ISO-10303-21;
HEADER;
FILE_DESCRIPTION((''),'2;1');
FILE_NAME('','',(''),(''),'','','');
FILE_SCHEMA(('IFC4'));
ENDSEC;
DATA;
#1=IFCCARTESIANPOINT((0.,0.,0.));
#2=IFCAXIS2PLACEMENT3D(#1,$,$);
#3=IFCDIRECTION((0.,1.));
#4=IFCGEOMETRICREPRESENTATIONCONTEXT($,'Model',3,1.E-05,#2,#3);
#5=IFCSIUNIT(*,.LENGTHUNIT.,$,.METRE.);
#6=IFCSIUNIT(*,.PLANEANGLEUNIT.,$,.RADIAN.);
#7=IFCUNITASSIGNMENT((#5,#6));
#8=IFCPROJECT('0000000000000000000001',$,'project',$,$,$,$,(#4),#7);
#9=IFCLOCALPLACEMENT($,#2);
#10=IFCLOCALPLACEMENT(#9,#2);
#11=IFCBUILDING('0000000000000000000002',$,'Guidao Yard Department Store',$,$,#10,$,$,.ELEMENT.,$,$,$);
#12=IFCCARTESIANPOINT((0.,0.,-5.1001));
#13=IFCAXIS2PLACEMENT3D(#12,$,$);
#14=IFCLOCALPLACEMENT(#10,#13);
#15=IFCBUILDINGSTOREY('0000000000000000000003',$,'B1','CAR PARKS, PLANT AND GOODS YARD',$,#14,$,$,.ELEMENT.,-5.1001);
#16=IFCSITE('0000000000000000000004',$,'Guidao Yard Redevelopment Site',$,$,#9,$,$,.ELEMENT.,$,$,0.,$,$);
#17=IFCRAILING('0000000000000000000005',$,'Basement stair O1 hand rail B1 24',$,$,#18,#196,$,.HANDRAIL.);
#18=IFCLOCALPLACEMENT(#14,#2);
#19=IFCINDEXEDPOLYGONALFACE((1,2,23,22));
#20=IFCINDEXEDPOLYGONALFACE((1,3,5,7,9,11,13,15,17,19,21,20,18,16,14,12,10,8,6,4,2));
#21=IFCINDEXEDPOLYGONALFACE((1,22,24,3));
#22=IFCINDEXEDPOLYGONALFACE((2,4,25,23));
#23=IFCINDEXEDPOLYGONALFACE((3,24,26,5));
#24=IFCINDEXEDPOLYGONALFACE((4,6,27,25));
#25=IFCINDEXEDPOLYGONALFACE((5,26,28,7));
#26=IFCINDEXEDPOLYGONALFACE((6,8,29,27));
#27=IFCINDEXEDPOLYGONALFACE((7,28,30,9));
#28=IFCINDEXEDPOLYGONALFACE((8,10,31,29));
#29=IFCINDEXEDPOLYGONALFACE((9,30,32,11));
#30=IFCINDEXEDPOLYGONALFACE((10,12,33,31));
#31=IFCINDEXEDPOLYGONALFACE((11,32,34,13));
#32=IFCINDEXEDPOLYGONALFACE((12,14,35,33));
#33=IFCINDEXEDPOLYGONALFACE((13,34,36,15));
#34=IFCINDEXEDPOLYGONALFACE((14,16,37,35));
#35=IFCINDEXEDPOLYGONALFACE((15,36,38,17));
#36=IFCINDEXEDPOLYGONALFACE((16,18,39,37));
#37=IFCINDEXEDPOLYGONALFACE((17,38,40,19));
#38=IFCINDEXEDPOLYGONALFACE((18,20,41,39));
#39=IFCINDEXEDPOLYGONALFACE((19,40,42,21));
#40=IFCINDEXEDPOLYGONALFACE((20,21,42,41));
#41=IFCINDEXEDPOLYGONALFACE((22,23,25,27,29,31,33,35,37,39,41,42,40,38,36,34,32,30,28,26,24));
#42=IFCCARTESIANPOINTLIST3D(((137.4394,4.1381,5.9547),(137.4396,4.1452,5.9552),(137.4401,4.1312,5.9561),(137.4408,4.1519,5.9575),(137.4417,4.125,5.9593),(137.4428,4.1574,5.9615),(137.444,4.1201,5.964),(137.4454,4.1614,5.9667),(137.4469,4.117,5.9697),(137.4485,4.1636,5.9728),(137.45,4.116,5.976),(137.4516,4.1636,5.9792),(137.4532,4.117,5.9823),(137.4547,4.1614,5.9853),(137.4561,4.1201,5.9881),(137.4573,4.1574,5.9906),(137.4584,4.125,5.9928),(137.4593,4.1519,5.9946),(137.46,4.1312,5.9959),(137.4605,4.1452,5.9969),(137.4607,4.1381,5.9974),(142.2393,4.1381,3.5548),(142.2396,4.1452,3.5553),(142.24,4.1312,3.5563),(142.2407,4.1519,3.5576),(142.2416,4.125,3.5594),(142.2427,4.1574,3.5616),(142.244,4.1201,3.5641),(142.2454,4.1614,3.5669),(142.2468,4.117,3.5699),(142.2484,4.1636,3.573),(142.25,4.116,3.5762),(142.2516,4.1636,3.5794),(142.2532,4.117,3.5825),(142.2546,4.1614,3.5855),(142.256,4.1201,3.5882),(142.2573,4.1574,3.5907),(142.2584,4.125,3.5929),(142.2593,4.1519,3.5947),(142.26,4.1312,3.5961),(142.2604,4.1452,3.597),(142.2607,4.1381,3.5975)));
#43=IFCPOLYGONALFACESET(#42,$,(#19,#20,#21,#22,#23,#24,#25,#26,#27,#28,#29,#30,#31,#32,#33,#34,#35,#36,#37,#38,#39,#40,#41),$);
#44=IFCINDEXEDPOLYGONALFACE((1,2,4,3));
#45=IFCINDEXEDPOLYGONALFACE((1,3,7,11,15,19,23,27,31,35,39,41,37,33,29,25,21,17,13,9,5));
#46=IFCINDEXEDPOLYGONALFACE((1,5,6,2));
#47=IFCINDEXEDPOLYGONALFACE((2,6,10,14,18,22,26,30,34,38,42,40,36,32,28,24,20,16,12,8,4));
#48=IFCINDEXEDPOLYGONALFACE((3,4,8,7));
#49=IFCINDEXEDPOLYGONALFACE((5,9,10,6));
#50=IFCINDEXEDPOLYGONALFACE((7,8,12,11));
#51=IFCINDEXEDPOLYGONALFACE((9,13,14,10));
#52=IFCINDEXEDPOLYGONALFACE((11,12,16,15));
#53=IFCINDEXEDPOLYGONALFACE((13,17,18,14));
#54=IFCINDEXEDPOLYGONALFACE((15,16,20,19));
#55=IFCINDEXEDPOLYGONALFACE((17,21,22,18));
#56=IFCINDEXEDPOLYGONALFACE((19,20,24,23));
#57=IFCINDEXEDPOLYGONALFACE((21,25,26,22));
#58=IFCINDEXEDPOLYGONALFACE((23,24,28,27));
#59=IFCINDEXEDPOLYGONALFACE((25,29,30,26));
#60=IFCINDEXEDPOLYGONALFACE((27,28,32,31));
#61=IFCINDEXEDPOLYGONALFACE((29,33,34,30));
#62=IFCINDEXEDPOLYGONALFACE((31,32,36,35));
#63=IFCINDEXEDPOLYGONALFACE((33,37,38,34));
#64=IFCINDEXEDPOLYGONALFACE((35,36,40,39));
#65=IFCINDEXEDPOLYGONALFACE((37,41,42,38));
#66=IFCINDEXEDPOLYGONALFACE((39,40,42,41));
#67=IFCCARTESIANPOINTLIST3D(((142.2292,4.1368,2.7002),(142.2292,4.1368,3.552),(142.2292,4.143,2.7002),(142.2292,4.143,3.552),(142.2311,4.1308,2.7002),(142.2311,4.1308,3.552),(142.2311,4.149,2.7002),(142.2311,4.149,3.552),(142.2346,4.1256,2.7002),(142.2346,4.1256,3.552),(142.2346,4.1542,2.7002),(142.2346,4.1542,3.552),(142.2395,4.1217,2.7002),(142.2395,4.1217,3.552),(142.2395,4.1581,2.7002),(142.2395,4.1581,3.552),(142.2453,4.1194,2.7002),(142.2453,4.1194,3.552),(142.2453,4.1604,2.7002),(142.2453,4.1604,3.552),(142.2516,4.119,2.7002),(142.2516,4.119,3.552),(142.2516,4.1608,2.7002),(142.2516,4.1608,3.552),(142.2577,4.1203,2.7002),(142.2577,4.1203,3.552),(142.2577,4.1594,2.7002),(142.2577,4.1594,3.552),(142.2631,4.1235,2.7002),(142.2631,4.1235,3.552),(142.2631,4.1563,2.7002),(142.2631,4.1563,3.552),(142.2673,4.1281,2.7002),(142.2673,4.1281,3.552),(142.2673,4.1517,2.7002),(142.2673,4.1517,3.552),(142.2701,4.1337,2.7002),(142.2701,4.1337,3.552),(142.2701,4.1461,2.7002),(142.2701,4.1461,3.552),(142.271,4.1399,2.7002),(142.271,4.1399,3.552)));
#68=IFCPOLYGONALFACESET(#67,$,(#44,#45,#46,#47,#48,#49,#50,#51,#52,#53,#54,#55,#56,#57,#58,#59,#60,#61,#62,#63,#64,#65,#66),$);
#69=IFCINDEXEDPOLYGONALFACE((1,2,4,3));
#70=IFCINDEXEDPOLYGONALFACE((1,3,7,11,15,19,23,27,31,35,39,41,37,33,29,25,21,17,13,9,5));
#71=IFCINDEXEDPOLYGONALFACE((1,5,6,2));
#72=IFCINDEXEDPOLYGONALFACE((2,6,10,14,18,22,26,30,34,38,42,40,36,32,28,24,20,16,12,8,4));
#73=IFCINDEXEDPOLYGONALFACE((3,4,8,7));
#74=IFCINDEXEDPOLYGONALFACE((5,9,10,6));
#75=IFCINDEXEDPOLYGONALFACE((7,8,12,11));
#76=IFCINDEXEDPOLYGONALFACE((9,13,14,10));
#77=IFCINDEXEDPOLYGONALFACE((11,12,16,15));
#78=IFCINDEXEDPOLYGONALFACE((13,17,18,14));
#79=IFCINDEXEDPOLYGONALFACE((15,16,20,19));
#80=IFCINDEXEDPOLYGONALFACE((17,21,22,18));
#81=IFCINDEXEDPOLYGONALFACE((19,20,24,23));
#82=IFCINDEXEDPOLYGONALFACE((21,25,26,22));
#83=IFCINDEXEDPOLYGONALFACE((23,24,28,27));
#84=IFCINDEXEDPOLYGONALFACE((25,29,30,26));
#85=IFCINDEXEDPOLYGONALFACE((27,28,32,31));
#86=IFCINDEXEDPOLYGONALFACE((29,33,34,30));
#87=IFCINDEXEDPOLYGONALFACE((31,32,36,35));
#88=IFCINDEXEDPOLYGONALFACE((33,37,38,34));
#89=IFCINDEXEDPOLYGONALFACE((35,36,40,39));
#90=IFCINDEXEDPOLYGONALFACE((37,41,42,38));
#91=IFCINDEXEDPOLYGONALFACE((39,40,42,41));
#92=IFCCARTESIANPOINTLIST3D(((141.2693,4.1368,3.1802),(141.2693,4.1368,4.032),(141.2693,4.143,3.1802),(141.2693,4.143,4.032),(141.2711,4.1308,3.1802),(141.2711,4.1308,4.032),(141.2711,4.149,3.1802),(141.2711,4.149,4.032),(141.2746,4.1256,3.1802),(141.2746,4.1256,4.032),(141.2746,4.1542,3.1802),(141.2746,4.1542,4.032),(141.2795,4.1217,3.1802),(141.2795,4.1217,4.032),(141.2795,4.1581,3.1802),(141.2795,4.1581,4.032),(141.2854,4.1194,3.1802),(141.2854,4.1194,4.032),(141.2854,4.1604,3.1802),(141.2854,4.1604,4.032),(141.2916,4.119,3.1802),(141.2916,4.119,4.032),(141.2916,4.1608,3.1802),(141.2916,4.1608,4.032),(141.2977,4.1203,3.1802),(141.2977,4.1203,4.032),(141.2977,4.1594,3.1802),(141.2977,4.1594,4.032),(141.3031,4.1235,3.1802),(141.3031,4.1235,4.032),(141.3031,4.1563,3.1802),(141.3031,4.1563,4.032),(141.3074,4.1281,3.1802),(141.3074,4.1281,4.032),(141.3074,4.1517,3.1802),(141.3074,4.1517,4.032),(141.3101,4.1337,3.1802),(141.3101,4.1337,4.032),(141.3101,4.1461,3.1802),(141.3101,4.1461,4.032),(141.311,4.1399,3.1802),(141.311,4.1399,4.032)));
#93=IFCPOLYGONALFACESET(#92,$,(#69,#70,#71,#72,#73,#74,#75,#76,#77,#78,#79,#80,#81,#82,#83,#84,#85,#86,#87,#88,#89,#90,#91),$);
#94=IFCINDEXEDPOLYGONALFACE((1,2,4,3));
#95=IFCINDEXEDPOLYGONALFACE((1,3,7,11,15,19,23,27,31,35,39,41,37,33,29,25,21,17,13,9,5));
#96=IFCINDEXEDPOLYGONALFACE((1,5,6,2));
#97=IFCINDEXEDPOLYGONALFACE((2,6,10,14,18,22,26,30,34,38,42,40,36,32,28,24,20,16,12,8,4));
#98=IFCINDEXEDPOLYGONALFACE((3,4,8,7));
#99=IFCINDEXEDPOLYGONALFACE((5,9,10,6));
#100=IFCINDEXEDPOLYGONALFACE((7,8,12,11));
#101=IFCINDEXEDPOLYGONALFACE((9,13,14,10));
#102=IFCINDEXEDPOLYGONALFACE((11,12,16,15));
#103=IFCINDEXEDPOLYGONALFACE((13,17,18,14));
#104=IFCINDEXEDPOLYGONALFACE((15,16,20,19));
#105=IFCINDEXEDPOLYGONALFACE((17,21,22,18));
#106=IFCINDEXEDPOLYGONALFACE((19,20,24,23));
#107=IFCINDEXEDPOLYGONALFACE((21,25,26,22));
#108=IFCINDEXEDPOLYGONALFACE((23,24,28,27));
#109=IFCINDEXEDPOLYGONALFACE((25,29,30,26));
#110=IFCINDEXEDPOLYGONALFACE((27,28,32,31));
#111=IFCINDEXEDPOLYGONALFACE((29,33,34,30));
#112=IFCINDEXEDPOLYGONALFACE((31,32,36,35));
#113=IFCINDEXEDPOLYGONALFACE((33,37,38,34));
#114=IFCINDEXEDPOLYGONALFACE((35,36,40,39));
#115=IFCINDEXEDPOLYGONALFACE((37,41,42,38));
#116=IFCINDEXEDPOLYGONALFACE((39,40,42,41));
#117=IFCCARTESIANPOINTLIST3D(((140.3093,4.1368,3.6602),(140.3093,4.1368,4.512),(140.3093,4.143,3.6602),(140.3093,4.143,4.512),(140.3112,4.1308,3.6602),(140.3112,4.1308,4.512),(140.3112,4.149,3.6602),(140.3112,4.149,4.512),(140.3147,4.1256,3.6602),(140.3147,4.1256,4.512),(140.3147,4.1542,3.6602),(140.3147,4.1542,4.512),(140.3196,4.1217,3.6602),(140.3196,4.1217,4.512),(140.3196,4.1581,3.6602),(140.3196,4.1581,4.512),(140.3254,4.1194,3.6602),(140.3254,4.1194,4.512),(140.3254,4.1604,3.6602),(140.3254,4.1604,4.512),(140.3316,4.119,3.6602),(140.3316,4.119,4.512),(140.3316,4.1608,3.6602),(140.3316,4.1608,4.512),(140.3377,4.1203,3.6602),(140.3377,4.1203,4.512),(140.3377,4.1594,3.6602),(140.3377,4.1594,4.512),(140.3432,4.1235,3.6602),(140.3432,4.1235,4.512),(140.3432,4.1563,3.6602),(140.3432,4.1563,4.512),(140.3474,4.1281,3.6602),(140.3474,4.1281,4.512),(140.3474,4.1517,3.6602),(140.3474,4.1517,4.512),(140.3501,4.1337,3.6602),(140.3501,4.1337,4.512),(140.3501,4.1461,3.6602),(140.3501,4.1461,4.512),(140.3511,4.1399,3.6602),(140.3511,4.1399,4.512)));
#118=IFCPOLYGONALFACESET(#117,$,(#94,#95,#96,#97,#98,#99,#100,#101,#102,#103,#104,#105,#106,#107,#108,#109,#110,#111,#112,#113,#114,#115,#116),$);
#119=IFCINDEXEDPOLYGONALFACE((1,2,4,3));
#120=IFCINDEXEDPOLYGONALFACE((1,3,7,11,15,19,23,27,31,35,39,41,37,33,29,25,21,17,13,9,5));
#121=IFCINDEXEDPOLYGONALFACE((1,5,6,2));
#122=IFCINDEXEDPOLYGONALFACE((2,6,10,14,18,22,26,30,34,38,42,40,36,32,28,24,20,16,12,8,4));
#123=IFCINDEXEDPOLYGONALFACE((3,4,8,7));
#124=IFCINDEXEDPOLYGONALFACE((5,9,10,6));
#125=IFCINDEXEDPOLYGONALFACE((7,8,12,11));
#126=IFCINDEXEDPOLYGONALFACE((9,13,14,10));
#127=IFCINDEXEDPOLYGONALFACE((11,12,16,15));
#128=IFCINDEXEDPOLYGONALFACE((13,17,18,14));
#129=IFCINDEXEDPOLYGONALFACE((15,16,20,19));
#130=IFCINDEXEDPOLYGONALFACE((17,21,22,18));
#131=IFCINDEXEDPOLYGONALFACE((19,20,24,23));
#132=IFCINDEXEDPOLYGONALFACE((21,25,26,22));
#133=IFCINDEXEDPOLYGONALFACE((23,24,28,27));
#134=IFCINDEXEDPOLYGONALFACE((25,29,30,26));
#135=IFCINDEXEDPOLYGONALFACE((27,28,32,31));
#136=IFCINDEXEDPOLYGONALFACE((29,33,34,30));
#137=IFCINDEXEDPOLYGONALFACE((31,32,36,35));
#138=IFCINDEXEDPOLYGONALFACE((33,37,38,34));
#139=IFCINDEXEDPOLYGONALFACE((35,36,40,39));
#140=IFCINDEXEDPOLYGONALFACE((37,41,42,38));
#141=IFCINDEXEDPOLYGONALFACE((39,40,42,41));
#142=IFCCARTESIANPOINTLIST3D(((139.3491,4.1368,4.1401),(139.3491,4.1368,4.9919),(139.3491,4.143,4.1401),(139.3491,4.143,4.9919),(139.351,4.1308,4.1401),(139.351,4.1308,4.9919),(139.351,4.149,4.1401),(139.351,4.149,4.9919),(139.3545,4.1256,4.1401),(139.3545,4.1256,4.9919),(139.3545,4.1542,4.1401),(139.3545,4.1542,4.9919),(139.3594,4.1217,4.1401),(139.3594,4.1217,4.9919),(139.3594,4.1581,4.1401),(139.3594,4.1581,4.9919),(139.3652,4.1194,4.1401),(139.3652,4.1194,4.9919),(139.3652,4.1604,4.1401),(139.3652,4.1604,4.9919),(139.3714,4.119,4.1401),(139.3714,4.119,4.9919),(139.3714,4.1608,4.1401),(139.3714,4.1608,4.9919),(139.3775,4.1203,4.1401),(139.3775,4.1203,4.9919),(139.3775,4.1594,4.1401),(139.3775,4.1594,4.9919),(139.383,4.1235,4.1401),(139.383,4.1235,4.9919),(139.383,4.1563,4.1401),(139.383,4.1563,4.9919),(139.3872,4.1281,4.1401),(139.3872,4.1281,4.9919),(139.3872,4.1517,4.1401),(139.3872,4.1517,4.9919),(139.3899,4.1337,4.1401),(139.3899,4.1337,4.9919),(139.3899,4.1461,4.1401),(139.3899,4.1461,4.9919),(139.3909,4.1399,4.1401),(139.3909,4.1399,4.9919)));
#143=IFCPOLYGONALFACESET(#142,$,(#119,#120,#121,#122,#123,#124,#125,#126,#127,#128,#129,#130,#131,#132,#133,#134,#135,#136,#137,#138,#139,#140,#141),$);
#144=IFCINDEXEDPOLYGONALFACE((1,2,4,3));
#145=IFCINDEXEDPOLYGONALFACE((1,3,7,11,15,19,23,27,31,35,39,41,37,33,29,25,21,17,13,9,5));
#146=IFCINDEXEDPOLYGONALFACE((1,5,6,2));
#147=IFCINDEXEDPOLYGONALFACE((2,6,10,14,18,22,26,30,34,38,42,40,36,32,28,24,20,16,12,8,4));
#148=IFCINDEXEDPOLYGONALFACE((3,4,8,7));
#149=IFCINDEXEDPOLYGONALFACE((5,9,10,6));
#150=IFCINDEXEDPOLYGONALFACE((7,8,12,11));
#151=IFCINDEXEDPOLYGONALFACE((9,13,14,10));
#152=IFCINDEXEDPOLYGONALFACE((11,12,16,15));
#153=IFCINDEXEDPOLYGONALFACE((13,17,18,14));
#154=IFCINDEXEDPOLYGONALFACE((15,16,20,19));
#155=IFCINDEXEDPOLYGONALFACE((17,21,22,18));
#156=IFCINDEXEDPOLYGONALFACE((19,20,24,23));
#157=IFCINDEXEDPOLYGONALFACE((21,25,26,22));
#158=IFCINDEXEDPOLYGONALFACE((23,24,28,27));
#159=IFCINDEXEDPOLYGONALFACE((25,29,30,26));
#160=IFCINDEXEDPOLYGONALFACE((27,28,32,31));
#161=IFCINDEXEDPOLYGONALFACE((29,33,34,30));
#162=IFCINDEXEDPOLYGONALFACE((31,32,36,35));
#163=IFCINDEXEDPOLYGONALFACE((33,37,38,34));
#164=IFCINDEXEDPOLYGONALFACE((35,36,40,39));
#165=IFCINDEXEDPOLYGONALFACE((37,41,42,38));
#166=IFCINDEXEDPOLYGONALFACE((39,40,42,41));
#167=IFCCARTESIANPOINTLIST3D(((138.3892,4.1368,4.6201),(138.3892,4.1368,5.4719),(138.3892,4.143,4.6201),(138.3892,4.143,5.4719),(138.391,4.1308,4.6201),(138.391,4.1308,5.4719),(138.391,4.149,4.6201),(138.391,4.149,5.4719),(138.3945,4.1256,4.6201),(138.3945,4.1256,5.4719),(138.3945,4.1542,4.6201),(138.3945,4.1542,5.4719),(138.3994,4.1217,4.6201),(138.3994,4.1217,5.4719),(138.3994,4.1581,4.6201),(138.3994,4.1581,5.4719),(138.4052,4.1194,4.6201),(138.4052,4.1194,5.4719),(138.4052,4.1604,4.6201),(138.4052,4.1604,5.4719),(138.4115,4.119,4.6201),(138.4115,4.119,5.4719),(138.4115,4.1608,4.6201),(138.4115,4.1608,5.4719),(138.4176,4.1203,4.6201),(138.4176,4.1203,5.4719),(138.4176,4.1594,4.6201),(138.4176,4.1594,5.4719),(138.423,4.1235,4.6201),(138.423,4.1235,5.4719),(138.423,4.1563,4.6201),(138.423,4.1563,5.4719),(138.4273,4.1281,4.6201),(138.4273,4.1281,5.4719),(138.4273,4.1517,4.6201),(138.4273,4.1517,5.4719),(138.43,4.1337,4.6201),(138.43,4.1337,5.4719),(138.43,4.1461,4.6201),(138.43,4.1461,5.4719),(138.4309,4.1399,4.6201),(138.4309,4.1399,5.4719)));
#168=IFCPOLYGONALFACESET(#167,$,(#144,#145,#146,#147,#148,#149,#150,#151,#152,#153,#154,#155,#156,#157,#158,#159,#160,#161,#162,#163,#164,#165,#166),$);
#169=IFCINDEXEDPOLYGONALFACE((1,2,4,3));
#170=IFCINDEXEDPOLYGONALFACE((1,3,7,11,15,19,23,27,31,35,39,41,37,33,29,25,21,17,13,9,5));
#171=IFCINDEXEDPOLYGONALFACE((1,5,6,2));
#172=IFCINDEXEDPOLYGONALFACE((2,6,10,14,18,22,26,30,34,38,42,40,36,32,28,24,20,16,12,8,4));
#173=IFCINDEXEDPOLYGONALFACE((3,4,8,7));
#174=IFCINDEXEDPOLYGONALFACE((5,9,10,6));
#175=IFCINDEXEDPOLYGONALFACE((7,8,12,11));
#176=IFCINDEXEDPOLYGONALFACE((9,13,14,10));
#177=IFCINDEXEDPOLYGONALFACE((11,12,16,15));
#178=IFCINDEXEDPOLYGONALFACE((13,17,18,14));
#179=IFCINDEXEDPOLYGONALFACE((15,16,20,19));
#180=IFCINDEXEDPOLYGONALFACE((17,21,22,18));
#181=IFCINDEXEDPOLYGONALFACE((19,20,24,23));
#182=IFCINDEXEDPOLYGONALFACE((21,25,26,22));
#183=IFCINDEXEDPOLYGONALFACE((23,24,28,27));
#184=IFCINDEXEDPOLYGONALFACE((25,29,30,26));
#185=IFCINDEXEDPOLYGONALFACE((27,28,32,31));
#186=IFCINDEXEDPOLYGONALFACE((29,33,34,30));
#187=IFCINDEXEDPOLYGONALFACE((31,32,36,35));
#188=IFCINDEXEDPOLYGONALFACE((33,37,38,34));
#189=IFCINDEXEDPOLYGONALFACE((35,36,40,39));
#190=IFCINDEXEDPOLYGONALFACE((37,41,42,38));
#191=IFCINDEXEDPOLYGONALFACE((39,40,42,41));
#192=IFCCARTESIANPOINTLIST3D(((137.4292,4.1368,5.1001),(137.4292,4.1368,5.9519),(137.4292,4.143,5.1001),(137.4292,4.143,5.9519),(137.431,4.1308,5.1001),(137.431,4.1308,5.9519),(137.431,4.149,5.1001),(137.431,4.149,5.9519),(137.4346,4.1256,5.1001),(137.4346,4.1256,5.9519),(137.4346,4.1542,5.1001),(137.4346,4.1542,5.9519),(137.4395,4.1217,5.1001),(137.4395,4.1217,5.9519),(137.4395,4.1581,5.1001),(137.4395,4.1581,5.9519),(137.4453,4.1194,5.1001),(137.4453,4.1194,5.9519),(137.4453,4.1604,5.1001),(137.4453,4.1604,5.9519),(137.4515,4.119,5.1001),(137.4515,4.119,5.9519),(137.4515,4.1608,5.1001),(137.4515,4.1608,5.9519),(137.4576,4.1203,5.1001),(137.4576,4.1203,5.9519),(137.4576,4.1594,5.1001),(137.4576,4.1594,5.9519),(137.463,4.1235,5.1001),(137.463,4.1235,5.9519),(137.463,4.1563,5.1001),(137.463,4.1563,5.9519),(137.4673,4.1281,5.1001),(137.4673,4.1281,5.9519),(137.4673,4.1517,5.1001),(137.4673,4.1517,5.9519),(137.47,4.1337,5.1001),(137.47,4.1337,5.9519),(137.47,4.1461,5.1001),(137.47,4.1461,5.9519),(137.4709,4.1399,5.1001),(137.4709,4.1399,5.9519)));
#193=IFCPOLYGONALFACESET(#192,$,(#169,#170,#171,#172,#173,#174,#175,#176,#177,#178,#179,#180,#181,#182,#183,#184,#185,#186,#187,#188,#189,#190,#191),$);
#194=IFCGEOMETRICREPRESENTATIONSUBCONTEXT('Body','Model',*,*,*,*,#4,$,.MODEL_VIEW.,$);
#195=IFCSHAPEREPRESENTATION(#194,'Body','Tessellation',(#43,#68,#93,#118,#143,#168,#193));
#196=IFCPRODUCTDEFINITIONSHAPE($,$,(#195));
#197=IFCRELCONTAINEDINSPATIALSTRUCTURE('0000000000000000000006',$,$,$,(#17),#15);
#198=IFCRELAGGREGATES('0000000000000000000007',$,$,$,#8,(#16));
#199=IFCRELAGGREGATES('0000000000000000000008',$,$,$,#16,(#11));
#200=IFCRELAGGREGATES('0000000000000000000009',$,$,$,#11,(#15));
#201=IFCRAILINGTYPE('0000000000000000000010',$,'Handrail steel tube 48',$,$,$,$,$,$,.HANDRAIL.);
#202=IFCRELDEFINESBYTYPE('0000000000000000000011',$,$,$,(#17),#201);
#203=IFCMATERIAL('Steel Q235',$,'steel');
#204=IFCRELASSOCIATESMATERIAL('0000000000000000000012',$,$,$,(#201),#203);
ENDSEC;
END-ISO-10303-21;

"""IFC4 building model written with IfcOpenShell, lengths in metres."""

from ifc_helpers import new_model, si_unit, direction, frame, origin, origin_2d, place, context, subcontext, project, spatial, circle, extrude, material, type_object, element, save


model = new_model("IFC4")

# Units and contexts
model_context = context("Model", 3, precision=1e-05, world=origin(), true_north=direction((0.0, 1.0)))
body_context = subcontext(model_context, "Body", "Model", "MODEL_VIEW")
ifc_project = project(units=[si_unit("LENGTHUNIT", "METRE"), si_unit("PLANEANGLEUNIT", "RADIAN")], contexts=[model_context])

# Site, building, storey
site_placement = place(None, origin())
site = spatial("IfcSite", under=ifc_project, at=site_placement, Name="Guidao Yard Redevelopment Site", CompositionType="ELEMENT", RefElevation=0.0)
building_placement = place(site_placement, origin())
building = spatial("IfcBuilding", under=site, at=building_placement, Name="Guidao Yard Department Store", CompositionType="ELEMENT")
storey_placement = place(building_placement, frame((0.0, 0.0, -5.1001)))
storey = spatial("IfcBuildingStorey", under=building, at=storey_placement, Name="B1", Description="CAR PARKS, PLANT AND GOODS YARD", CompositionType="ELEMENT", Elevation=-5.1001)

# Railing
ifc_material_1 = material(Name="Steel Q235", Category="steel")
railing_type_1 = type_object("IfcRailingType", Name="Handrail steel tube 48", PredefinedType="HANDRAIL", material=ifc_material_1)
for number, where, name in (
    (1, (142.25, 4.1399, 2.7002), "Basement stair O1 hand rail B1 24"),
):
    element("IfcRailing", number, at=place(storey_placement, frame(where)), inside=storey, type_object=railing_type_1, Name=name, PredefinedType="HANDRAIL", context=body_context, shape_type="SweptSolid", body=[
        extrude(circle(Radius=0.0239, at=origin_2d()), frame((0.0, 0.0, 0.876), z_axis=(-0.894436, 0.0, 0.447195), x_axis=(0.0, -1.0, 0.0)), (0.0, 0.0, 1.0), 5.3665),
        extrude(circle(Radius=0.021, at=origin_2d()), origin(), (0.0, 0.0, 1.0), 0.8518),
        extrude(circle(Radius=0.021, at=origin_2d()), frame((-0.96, 0.0, 0.48)), (0.0, 0.0, 1.0), 0.8518),
        extrude(circle(Radius=0.021, at=origin_2d()), frame((-1.9199, 0.0, 0.96)), (0.0, 0.0, 1.0), 0.8518),
        extrude(circle(Radius=0.021, at=origin_2d()), frame((-2.8801, 0.0, 1.4399)), (0.0, 0.0, 1.0), 0.8518),
        extrude(circle(Radius=0.021, at=origin_2d()), frame((-3.8401, 0.0, 1.9199)), (0.0, 0.0, 1.0), 0.8518),
        extrude(circle(Radius=0.021, at=origin_2d()), frame((-4.8, 0.0, 2.3999)), (0.0, 0.0, 1.0), 0.8518),
    ])

save(model, "model.ifc")
